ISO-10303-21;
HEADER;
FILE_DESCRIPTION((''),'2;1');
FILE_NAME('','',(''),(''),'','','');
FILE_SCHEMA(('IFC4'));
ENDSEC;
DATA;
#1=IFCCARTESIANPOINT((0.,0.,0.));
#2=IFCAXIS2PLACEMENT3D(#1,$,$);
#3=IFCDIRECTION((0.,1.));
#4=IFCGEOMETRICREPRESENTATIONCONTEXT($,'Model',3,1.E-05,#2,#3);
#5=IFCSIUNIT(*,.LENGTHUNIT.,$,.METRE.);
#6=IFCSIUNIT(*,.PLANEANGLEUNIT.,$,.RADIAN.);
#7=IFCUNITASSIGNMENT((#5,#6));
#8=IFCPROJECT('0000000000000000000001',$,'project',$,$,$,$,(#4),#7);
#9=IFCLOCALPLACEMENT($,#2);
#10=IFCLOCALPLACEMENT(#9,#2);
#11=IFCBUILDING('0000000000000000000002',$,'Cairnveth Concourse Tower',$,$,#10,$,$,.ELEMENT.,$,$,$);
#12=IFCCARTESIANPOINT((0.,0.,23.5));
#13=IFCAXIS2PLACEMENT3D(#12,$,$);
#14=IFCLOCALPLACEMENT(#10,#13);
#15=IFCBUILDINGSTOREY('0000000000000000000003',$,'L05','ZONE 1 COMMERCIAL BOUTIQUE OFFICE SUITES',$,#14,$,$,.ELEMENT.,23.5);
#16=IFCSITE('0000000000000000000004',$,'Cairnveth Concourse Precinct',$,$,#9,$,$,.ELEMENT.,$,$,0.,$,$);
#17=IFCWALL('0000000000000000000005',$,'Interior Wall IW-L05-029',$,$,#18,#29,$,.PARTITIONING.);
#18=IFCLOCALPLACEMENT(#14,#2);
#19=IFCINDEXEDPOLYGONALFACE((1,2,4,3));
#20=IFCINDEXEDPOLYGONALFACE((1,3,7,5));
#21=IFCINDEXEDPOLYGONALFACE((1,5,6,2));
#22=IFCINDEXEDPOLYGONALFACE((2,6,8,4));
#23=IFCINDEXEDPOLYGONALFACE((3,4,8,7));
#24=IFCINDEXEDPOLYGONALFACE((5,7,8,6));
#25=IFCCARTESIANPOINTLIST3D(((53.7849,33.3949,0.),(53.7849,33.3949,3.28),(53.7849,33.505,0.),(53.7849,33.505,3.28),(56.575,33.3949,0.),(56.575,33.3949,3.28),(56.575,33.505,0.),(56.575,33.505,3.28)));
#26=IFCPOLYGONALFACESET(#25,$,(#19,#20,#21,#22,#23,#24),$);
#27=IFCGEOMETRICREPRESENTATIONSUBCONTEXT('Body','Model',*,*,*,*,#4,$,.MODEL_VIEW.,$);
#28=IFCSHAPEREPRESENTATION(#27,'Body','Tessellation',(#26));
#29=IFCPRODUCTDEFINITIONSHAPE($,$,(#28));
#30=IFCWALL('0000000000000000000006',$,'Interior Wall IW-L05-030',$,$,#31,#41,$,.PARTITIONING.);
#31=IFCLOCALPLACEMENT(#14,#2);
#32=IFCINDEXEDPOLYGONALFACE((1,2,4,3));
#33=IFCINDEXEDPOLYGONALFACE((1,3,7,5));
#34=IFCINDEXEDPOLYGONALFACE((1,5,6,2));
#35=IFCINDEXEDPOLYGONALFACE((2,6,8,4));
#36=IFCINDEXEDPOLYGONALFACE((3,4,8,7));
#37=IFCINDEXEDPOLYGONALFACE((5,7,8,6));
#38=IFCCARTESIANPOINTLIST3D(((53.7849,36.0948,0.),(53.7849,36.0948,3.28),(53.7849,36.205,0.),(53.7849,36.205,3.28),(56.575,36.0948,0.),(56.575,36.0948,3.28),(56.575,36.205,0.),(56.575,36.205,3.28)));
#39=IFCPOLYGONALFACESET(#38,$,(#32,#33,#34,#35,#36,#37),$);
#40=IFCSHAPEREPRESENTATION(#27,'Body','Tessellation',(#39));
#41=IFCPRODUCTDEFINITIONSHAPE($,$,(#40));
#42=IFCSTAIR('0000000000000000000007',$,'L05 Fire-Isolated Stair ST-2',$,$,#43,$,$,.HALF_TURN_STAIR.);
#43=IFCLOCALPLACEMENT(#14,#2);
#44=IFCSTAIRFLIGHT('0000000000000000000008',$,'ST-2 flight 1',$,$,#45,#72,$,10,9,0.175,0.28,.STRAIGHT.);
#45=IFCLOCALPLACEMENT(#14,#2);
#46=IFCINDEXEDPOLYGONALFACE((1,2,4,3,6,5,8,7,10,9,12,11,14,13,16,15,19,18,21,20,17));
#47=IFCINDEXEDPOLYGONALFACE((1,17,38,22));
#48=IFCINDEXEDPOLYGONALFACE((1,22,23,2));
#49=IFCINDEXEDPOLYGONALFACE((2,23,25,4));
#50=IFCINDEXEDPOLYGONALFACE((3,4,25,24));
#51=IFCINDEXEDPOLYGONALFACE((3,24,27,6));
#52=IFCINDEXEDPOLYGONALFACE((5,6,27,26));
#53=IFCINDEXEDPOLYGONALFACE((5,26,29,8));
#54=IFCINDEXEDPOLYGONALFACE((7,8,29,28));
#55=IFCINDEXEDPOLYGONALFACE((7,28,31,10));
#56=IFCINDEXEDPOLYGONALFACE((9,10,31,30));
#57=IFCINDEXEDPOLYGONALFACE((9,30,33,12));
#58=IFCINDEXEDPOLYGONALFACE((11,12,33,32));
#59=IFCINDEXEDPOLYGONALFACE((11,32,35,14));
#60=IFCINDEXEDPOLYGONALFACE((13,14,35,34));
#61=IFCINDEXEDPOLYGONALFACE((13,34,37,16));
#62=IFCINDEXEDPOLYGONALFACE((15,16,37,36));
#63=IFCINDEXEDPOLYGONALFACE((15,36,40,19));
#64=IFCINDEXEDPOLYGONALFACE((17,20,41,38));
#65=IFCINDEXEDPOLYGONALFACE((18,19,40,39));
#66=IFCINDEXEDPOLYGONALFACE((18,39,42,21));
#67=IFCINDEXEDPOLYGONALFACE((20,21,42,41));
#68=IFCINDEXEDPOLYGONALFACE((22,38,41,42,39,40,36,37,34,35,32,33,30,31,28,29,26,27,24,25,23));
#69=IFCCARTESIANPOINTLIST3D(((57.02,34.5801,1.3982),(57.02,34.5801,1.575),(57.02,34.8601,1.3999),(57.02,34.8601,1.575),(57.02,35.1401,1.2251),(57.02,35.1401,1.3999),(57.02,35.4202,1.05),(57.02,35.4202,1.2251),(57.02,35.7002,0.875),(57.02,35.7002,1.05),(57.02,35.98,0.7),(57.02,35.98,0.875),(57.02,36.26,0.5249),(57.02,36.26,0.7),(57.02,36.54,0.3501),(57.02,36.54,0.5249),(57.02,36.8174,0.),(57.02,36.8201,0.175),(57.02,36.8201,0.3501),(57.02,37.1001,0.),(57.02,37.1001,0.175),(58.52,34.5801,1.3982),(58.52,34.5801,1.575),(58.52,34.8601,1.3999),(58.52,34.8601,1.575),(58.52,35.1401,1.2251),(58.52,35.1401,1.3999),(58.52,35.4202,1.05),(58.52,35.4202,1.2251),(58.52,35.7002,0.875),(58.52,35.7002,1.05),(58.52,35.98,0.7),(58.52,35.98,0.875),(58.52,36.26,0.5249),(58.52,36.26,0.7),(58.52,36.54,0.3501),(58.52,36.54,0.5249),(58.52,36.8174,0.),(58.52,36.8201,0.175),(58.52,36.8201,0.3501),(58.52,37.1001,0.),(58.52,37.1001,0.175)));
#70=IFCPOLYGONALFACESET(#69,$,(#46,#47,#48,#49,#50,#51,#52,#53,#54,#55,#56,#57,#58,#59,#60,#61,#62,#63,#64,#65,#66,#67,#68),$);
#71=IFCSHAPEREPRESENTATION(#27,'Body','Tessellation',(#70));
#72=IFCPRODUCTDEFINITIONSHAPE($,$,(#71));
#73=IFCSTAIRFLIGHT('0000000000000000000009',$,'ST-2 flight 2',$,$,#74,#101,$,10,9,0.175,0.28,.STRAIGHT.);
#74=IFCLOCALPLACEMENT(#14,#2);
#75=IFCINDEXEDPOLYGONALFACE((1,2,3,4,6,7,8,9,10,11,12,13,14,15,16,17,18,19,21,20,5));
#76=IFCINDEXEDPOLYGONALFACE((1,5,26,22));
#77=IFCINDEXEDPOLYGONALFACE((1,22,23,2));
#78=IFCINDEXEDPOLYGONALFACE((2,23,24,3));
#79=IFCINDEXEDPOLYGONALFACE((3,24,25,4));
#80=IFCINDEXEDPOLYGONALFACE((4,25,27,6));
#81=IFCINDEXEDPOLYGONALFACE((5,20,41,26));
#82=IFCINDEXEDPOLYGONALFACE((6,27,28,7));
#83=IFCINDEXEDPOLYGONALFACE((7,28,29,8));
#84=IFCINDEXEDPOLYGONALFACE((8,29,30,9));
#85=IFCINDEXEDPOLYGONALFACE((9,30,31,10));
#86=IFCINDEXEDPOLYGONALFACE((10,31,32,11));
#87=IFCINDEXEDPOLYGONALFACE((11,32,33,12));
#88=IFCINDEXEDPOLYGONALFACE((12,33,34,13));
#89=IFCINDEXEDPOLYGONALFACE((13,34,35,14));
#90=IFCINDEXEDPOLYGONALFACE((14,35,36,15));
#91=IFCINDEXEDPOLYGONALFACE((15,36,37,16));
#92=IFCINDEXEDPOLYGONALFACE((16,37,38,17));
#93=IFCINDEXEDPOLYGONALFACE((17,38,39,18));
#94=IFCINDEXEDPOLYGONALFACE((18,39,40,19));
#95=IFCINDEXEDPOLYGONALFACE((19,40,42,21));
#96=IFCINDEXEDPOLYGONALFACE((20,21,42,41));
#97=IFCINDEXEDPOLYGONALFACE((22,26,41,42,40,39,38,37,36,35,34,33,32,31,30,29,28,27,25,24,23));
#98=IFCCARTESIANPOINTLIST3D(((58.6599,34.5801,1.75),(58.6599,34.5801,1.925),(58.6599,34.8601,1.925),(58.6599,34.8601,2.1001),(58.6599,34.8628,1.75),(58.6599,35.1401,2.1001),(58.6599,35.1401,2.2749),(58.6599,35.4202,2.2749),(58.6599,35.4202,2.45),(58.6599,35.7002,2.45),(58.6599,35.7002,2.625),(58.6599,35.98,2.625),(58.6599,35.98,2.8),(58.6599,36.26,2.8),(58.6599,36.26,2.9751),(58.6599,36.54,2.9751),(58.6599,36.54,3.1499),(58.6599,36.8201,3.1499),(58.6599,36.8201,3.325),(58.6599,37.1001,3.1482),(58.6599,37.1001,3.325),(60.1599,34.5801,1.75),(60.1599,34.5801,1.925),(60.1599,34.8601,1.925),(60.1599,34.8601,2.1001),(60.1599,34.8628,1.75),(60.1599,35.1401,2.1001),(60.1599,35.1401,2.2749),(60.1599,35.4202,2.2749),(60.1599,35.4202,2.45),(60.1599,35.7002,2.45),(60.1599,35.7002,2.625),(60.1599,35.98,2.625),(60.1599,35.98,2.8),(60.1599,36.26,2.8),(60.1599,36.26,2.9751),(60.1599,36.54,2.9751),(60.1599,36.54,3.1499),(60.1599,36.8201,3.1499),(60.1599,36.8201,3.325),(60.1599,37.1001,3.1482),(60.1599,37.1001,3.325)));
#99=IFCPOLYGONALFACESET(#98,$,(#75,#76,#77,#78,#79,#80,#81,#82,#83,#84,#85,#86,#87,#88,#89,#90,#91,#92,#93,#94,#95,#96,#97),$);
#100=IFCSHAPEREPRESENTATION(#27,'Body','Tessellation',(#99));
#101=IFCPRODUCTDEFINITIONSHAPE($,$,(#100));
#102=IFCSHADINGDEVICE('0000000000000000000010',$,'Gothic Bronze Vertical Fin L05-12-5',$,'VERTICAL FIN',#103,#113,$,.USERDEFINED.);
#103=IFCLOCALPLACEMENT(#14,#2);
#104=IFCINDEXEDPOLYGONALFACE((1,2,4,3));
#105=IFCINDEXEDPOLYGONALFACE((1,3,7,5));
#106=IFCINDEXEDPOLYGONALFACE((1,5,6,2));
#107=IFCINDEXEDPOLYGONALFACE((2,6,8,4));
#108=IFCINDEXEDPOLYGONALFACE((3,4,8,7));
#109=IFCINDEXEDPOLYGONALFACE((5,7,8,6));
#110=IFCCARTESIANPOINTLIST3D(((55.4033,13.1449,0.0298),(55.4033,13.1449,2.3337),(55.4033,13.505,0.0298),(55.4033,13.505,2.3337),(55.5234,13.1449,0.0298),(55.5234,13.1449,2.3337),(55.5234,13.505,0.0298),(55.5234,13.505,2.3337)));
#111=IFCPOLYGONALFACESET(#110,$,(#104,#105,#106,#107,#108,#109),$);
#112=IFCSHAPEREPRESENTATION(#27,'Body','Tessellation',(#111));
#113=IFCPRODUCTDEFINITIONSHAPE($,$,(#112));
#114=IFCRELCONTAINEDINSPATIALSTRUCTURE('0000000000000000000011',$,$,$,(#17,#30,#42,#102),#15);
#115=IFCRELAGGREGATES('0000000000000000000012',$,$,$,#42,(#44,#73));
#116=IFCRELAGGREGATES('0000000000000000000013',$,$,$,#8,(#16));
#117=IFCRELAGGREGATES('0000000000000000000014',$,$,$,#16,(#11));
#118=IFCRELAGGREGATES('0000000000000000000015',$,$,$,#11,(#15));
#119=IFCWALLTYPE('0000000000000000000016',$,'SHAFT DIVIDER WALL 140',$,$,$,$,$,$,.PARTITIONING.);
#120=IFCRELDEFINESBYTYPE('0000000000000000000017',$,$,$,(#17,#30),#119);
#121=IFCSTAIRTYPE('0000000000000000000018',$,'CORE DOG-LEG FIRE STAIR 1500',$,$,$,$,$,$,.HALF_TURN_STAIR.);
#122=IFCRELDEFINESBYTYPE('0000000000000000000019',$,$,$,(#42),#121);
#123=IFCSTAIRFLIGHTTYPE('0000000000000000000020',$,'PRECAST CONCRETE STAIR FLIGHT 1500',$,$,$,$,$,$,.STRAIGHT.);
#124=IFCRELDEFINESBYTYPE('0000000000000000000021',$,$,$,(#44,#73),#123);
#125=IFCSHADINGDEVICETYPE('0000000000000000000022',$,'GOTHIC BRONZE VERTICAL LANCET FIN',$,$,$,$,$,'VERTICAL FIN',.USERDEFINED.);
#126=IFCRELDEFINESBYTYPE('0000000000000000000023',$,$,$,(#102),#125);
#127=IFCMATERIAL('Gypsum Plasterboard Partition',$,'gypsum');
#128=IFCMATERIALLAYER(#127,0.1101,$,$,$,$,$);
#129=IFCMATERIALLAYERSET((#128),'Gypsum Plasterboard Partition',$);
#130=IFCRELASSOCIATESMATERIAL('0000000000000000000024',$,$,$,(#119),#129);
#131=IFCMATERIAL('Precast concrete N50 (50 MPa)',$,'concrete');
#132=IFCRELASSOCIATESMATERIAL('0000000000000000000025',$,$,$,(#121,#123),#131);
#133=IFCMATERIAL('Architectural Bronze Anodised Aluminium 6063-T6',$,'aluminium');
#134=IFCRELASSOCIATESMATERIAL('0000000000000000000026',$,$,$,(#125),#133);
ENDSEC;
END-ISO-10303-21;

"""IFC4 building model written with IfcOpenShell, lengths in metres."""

from ifc_helpers import new_model, si_unit, direction, frame, frame_2d, origin, origin_2d, place, context, subcontext, project, spatial, polyline, rectangle, outline, extrude, material, layer, layer_set, type_object, element, aggregate, save


model = new_model("IFC4")

# Units and contexts
model_context = context("Model", 3, precision=1e-05, world=origin(), true_north=direction((0.0, 1.0)))
body_context = subcontext(model_context, "Body", "Model", "MODEL_VIEW")
ifc_project = project(units=[si_unit("LENGTHUNIT", "METRE"), si_unit("PLANEANGLEUNIT", "RADIAN")], contexts=[model_context])

# Site, building, storey
site_placement = place(None, origin())
site = spatial("IfcSite", under=ifc_project, at=site_placement, Name="Cairnveth Concourse Precinct", CompositionType="ELEMENT", RefElevation=0.0)
building_placement = place(site_placement, origin())
building = spatial("IfcBuilding", under=site, at=building_placement, Name="Cairnveth Concourse Tower", CompositionType="ELEMENT")
storey_placement = place(building_placement, frame((0.0, 0.0, 23.5)))
storey = spatial("IfcBuildingStorey", under=building, at=storey_placement, Name="L05", Description="ZONE 1 COMMERCIAL BOUTIQUE OFFICE SUITES", CompositionType="ELEMENT", Elevation=23.5)

# Shared definitions
ifc_material_1 = material(Name="Architectural Bronze Anodised Aluminium 6063-T6", Category="aluminium")

# Walls
ifc_material_2 = material(Name="Gypsum Plasterboard Partition", Category="gypsum")
ifc_layer_1 = layer(ifc_material_2, 0.1101)
ifc_layer_set_1 = layer_set([ifc_layer_1], Name="Gypsum Plasterboard Partition")
wall_type_1 = type_object("IfcWallType", Name="SHAFT DIVIDER WALL 140", PredefinedType="PARTITIONING", material=ifc_layer_set_1)
for number, where, z_axis, x_axis, name in (
    (1, (53.7849, 33.45, 0.0), (0.0, 0.0, 1.0), (1.0, 0.0, 0.0), "Interior Wall IW-L05-029"),
    (2, (53.7849, 36.1499, 0.0), (0.0, 0.0, 1.0), (1.0, 0.0, 0.0), "Interior Wall IW-L05-030"),
):
    element("IfcWall", number, at=place(storey_placement, frame(where, z_axis=z_axis, x_axis=x_axis)), inside=storey, type_object=wall_type_1, Name=name, PredefinedType="PARTITIONING", context=body_context, shape_type="SweptSolid", body=[
        extrude(rectangle(XDim=2.79, YDim=0.1101, at=frame_2d((1.395, 0.0))), origin(), (0.0, 0.0, 1.0), 3.28),
    ])

# Stair, stair flights
ifc_material_3 = material(Name="Precast concrete N50 (50 MPa)", Category="concrete")
stair_type = type_object("IfcStairType", Name="CORE DOG-LEG FIRE STAIR 1500", PredefinedType="HALF_TURN_STAIR", material=ifc_material_3)
stair_placement = place(storey_placement, origin())
stair = element("IfcStair", 3, at=stair_placement, inside=storey, type_object=stair_type, Name="L05 Fire-Isolated Stair ST-2", PredefinedType="HALF_TURN_STAIR")
stair_flight_type = type_object("IfcStairFlightType", Name="PRECAST CONCRETE STAIR FLIGHT 1500", PredefinedType="STRAIGHT", material=ifc_material_3)
stair_flight_1_placement = place(storey_placement, frame((57.77, 37.1001, 0.0), z_axis=(0.0, 0.0, 1.0), x_axis=(0.0, -1.0, 0.0)))
stair_flight_1 = element("IfcStairFlight", 4, at=stair_flight_1_placement, type_object=stair_flight_type, Name="ST-2 flight 1", NumberOfRisers=10, NumberOfTreads=9, PredefinedType="STRAIGHT", RiserHeight=0.175, TreadLength=0.28, context=body_context, shape_type="SweptSolid", body=[
    extrude(outline(polyline([(0.0, 0.0), (0.0, 0.175), (0.28, 0.175), (0.28, 0.3501), (0.5601, 0.3501), (0.5601, 0.5249), (0.8401, 0.5249), (0.8401, 0.7), (1.1201, 0.7), (1.1201, 0.875), (1.3999, 0.875), (1.3999, 1.05), (1.6799, 1.05), (1.6799, 1.2251), (1.96, 1.2251), (1.96, 1.3999), (2.24, 1.3999), (2.24, 1.575), (2.52, 1.575), (2.52, 1.75), (2.52, 1.3982), (0.2827, 0.0), (0.0, 0.0)])), frame((0.0, 0.75, 0.0), z_axis=(0.0, -1.0, 0.0), x_axis=(1.0, 0.0, 0.0)), (0.0, 0.0, 1.0), 1.5),
])
stair_flight_2_placement = place(storey_placement, frame((59.4099, 34.5801, 1.75), z_axis=(0.0, 0.0, 1.0), x_axis=(0.0, 1.0, 0.0)))
stair_flight_2 = element("IfcStairFlight", 5, at=stair_flight_2_placement, type_object=stair_flight_type, Name="ST-2 flight 2", NumberOfRisers=10, NumberOfTreads=9, PredefinedType="STRAIGHT", RiserHeight=0.175, TreadLength=0.28, context=body_context, shape_type="SweptSolid", body=[
    extrude(outline(polyline([(0.0, 0.0), (0.0, 0.175), (0.28, 0.175), (0.28, 0.3501), (0.5601, 0.3501), (0.5601, 0.5249), (0.8401, 0.5249), (0.8401, 0.7), (1.1201, 0.7), (1.1201, 0.875), (1.3999, 0.875), (1.3999, 1.05), (1.6799, 1.05), (1.6799, 1.2251), (1.96, 1.2251), (1.96, 1.3999), (2.24, 1.3999), (2.24, 1.575), (2.52, 1.575), (2.52, 1.75), (2.52, 1.3982), (0.2827, 0.0), (0.0, 0.0)])), frame((0.0, 0.75, 0.0), z_axis=(0.0, -1.0, 0.0), x_axis=(1.0, 0.0, 0.0)), (0.0, 0.0, 1.0), 1.5),
])
aggregate(stair, [stair_flight_1, stair_flight_2])

# Shading device
shading_device_type = type_object("IfcShadingDeviceType", Name="GOTHIC BRONZE VERTICAL LANCET FIN", ElementType="VERTICAL FIN", PredefinedType="USERDEFINED", material=ifc_material_1)
shading_device_placement = place(storey_placement, frame((55.4634, 13.325, 0.0298), z_axis=(0.0, 0.0, 1.0), x_axis=(1.0, 0.0, 0.0)))
element("IfcShadingDevice", 6, at=shading_device_placement, inside=storey, type_object=shading_device_type, Name="Gothic Bronze Vertical Fin L05-12-5", ObjectType="VERTICAL FIN", PredefinedType="USERDEFINED", context=body_context, shape_type="SweptSolid", body=[
    extrude(rectangle(XDim=0.1201, YDim=0.3601, at=origin_2d()), origin(), (0.0, 0.0, 1.0), 2.304),
])

save(model, "model.ifc")
